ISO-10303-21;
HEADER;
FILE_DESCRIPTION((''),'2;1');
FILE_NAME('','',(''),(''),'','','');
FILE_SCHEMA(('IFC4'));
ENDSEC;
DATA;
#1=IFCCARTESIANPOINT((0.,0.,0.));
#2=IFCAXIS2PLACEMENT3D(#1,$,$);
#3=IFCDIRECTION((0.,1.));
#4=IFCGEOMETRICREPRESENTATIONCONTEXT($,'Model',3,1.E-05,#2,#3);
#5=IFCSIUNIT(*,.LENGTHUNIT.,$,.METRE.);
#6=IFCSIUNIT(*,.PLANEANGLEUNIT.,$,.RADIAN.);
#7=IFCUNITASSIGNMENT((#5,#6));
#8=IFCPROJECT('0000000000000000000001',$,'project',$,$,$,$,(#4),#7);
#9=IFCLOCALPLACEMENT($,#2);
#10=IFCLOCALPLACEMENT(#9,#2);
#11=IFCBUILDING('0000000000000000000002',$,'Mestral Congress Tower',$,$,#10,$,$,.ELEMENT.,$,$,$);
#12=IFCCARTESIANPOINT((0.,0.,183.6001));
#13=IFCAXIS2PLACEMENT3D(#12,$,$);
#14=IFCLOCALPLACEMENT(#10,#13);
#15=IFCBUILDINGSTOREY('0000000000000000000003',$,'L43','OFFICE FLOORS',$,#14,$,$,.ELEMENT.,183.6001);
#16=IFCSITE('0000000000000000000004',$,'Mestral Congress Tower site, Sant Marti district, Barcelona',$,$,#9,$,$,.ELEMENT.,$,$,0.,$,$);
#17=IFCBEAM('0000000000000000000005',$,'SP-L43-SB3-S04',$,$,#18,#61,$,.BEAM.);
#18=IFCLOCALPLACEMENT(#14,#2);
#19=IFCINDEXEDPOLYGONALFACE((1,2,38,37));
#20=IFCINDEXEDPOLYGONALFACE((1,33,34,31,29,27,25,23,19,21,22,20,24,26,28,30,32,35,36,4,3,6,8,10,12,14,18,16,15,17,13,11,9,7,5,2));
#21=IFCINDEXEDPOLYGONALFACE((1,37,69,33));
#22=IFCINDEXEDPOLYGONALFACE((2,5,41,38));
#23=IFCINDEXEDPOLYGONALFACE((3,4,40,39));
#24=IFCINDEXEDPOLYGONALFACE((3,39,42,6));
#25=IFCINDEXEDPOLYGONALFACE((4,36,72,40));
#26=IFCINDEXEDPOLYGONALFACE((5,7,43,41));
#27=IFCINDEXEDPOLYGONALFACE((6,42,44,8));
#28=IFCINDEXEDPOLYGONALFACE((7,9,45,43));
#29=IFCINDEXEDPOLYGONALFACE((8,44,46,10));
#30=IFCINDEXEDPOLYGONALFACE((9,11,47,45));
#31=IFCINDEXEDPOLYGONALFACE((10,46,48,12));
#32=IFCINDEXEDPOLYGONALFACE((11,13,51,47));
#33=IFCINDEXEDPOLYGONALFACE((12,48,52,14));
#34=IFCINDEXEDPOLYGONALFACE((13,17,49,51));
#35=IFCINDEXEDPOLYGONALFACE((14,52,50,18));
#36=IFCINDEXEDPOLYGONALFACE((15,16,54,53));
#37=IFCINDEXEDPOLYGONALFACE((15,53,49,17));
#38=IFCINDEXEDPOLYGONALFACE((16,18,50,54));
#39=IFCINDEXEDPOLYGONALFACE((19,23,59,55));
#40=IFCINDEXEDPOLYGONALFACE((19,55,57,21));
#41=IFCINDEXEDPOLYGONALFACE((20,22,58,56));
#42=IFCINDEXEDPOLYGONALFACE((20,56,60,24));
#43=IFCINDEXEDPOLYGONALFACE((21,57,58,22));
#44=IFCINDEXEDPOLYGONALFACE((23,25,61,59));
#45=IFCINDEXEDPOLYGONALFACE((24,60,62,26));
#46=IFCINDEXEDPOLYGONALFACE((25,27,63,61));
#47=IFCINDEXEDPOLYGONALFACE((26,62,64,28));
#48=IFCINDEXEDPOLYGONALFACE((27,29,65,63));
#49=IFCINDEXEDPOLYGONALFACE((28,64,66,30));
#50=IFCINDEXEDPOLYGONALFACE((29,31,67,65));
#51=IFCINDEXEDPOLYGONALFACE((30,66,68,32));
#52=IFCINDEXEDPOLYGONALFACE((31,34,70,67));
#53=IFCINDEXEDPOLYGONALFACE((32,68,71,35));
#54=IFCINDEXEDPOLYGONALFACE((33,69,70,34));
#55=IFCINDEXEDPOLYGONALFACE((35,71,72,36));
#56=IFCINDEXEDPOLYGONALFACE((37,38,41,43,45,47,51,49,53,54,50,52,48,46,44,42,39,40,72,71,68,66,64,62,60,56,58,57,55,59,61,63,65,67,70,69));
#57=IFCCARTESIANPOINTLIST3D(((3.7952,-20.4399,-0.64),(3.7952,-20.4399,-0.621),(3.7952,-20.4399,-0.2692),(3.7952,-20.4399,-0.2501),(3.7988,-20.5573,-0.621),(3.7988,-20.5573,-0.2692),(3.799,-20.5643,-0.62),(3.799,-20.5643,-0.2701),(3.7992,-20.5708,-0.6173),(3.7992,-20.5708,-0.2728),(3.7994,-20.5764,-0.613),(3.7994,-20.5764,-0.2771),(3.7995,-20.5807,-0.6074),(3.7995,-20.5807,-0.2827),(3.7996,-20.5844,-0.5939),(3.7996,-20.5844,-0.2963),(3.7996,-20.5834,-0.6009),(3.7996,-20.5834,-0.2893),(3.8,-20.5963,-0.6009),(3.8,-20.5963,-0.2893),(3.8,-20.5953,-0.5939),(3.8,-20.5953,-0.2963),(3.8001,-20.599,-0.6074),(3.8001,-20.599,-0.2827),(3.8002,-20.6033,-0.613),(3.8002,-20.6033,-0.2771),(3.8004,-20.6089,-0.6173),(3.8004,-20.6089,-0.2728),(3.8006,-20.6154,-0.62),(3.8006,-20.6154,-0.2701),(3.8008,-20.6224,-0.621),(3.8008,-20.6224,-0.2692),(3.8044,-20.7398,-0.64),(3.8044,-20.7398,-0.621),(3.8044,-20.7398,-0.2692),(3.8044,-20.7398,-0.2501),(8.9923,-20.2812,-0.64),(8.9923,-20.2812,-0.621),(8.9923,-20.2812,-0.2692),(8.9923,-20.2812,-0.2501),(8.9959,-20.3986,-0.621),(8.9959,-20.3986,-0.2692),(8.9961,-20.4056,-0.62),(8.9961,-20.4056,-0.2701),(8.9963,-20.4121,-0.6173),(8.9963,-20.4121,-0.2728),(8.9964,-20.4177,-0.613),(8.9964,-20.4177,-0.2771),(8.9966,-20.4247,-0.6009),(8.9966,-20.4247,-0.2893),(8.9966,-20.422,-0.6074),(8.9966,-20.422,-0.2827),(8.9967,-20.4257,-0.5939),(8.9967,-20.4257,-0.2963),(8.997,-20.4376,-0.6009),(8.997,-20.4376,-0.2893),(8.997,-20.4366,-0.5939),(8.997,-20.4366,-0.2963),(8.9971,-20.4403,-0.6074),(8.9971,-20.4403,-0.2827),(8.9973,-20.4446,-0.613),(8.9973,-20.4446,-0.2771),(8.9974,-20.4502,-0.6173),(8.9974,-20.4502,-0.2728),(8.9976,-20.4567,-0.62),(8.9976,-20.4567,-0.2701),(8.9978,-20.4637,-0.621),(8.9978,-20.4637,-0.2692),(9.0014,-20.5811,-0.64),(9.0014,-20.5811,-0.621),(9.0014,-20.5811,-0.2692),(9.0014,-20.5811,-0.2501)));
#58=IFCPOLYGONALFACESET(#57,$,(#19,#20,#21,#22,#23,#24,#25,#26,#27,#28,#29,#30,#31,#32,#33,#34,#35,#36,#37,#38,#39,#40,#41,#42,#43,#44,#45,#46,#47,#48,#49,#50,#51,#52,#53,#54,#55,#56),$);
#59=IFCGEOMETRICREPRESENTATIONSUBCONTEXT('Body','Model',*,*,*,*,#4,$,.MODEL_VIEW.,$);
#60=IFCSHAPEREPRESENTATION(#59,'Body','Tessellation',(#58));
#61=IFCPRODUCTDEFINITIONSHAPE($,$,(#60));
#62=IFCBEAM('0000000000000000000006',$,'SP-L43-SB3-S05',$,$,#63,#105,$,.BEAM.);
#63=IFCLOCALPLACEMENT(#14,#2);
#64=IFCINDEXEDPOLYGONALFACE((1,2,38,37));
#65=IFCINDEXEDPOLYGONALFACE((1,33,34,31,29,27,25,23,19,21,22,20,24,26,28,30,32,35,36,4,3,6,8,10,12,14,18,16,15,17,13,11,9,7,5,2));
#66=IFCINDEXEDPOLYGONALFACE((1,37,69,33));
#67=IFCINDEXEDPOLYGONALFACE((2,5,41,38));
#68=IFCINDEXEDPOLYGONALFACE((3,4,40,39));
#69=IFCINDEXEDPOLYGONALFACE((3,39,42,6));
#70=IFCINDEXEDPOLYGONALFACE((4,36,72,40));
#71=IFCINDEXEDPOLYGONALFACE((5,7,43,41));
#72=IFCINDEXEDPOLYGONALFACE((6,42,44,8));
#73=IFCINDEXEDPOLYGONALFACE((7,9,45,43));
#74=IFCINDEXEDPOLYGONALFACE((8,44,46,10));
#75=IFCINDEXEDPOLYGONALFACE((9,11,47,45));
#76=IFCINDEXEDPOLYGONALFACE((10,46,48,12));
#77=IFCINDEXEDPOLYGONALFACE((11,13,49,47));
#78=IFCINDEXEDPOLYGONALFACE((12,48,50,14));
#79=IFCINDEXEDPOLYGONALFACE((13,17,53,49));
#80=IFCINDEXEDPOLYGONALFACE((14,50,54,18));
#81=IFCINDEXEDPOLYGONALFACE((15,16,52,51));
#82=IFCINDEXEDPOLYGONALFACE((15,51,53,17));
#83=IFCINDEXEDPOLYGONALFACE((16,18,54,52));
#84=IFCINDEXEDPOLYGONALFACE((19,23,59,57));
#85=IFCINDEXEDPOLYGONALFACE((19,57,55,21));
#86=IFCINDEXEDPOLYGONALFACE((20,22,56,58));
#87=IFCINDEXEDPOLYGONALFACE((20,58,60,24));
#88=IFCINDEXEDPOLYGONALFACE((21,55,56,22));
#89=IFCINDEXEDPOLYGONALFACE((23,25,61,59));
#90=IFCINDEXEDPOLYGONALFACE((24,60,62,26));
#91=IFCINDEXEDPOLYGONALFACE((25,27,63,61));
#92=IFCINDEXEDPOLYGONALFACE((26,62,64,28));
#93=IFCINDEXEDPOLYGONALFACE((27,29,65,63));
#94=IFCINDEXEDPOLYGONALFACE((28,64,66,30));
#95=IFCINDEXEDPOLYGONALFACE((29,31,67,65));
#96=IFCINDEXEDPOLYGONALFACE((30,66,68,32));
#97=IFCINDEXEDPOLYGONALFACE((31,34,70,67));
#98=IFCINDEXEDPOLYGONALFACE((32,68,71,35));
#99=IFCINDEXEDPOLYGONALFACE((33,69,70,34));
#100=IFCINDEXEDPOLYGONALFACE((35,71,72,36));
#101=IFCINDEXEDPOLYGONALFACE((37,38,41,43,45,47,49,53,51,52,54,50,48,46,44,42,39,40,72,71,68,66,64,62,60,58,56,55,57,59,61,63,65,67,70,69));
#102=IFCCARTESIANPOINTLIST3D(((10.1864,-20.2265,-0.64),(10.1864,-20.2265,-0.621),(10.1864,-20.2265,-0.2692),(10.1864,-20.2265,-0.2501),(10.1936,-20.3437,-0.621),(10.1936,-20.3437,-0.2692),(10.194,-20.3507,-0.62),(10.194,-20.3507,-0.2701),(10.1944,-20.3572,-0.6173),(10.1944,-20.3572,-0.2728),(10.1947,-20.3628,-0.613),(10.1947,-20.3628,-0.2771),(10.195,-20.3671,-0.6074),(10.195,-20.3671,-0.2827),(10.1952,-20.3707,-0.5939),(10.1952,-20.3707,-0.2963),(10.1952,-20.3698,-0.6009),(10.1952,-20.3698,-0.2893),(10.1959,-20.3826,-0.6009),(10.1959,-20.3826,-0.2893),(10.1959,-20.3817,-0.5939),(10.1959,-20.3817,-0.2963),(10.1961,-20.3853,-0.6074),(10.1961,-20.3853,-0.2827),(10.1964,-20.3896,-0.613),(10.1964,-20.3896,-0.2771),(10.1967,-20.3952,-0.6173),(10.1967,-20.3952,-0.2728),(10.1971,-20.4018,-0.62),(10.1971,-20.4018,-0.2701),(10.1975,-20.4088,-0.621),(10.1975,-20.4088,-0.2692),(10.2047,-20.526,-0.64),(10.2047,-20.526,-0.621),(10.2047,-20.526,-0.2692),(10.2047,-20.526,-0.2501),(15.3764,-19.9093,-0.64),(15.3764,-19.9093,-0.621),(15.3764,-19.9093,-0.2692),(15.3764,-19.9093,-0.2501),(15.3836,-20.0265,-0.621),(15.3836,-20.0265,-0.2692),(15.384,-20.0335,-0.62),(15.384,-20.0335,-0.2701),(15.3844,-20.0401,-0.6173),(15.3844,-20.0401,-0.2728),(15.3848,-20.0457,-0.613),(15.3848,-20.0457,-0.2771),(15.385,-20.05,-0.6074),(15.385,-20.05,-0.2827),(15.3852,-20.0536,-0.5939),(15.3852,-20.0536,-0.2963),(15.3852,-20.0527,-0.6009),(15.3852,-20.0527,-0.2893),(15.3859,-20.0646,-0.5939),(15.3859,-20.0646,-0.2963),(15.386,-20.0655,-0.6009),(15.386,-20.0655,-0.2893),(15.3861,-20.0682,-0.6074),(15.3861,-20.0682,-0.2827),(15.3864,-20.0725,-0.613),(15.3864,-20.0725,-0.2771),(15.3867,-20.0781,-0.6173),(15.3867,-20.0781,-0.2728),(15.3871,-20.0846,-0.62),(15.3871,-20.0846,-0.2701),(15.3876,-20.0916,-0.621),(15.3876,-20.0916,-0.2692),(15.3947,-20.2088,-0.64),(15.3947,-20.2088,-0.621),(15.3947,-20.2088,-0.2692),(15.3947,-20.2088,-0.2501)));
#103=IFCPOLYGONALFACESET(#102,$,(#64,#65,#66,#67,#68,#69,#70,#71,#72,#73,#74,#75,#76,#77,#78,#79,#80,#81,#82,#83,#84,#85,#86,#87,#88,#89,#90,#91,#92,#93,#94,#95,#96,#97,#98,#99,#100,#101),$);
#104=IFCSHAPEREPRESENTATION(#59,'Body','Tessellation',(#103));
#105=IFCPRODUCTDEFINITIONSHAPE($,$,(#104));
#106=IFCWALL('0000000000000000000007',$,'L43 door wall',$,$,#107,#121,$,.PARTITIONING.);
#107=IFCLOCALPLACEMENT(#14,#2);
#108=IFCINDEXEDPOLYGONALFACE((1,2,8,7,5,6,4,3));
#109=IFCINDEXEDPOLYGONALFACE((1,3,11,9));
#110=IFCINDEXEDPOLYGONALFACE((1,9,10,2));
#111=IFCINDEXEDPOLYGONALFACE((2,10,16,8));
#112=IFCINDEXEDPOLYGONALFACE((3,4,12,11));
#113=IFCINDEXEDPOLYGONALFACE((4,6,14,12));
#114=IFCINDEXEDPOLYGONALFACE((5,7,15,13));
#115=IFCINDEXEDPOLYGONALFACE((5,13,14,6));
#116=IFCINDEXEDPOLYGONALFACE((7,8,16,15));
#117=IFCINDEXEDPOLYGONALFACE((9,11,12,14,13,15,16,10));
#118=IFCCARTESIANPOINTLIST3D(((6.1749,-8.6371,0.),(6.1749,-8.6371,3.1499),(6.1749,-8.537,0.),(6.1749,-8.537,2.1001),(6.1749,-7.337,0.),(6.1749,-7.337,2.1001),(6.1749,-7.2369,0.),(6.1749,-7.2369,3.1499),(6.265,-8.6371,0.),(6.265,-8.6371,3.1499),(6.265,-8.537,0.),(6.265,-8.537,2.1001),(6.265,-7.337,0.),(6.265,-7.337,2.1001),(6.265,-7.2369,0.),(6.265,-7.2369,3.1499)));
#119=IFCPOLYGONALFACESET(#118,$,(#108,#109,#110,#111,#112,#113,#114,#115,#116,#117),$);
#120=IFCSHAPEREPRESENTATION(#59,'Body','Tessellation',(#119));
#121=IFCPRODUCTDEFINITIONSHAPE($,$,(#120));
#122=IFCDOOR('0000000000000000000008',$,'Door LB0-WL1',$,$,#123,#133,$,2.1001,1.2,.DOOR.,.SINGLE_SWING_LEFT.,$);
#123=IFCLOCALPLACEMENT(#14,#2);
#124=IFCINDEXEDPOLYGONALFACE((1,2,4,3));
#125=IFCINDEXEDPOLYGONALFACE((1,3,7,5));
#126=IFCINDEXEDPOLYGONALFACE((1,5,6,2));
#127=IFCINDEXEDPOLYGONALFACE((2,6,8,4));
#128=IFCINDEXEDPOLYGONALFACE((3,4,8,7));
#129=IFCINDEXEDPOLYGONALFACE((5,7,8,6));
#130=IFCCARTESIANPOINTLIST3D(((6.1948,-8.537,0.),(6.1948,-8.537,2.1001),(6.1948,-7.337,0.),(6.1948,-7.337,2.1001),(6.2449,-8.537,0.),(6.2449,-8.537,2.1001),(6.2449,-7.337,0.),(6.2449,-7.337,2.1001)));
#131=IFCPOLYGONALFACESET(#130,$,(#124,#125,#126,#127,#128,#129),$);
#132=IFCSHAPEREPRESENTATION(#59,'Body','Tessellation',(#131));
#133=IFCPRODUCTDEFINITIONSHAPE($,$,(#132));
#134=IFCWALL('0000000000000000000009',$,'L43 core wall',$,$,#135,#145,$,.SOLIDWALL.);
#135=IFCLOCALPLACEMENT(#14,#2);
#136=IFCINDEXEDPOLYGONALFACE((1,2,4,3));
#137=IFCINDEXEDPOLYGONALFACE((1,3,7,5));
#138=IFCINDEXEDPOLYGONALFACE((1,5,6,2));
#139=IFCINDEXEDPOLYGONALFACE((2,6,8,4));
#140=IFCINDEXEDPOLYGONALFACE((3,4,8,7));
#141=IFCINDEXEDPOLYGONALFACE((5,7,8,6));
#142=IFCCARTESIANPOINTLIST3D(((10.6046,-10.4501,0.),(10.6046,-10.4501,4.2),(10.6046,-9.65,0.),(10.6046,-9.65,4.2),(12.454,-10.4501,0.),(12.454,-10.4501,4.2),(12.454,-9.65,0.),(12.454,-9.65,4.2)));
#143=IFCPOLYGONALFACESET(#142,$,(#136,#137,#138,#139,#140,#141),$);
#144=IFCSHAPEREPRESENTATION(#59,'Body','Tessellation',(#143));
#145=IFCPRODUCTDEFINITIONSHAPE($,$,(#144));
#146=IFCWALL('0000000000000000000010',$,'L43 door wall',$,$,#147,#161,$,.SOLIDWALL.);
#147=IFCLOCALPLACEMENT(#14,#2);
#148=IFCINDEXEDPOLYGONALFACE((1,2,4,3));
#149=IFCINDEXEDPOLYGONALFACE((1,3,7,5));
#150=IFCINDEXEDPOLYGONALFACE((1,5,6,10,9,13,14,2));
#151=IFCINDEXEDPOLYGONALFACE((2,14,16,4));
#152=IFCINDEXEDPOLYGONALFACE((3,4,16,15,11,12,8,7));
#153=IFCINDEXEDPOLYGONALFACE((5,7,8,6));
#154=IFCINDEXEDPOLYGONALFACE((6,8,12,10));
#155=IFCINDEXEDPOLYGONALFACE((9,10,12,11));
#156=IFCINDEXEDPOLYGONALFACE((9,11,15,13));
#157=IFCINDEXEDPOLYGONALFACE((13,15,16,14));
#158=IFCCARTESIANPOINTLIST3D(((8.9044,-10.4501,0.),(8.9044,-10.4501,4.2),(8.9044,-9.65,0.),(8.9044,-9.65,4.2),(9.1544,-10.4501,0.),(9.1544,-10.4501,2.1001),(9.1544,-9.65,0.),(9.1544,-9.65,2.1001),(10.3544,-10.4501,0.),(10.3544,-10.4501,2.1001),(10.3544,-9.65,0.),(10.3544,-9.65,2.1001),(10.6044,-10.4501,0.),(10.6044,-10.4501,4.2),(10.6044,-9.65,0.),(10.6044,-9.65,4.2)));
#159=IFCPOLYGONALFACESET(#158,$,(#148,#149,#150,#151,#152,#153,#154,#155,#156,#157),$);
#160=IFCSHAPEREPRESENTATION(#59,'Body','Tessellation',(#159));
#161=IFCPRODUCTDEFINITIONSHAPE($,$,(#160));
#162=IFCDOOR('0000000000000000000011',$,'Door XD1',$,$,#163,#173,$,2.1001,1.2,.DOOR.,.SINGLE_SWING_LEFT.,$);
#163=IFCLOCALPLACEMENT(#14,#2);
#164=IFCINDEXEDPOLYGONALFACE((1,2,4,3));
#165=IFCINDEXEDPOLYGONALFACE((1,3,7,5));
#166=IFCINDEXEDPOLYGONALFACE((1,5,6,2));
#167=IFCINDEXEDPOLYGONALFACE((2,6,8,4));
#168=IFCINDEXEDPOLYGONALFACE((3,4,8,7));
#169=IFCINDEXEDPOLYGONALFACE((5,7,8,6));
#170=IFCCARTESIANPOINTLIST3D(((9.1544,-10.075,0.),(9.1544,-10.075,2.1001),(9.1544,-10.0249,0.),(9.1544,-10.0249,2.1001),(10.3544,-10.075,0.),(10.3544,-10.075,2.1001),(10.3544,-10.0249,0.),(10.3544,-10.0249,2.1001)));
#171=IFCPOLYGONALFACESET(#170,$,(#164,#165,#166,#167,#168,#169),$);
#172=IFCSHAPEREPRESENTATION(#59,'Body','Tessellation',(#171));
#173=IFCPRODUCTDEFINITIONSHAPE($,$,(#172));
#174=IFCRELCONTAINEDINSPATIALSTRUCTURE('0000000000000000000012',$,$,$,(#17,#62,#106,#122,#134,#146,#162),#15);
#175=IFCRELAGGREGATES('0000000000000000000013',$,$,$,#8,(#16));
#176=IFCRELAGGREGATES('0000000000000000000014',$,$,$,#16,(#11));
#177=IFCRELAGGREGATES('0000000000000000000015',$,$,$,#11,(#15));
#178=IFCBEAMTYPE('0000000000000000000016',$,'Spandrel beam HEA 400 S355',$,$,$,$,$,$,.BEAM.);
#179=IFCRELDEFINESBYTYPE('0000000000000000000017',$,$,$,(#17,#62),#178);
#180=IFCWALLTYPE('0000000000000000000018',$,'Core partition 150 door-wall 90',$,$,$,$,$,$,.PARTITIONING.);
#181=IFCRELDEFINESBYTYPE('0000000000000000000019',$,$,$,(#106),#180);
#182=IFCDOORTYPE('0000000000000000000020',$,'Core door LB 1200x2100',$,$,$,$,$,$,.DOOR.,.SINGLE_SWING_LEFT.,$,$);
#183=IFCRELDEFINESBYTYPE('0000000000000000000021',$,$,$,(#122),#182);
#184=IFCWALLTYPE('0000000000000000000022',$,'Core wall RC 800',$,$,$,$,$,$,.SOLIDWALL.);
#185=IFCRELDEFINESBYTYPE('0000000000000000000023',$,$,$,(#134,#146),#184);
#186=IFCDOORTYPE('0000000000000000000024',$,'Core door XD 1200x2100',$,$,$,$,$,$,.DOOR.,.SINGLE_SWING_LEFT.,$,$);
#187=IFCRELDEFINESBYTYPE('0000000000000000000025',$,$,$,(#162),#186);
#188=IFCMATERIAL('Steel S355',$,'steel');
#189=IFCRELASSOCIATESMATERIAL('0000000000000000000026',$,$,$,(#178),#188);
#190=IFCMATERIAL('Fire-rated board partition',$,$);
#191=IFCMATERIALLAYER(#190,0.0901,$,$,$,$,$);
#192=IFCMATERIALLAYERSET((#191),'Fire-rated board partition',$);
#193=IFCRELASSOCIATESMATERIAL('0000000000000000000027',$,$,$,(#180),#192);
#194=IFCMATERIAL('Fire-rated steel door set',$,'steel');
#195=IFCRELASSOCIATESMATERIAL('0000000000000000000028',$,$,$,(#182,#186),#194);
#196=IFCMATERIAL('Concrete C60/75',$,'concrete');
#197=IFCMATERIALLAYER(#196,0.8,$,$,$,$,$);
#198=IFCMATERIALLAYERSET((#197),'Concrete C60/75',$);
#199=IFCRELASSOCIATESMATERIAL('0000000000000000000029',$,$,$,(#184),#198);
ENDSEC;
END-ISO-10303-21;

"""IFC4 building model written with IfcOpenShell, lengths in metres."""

from ifc_helpers import new_model, si_unit, direction, frame, frame_2d, origin, origin_2d, place, context, subcontext, project, spatial, rectangle, i_section, extrude, material, layer, layer_set, material_profile, profile_set, type_object, element, fill, save


model = new_model("IFC4")

# Units and contexts
model_context = context("Model", 3, precision=1e-05, world=origin(), true_north=direction((0.0, 1.0)))
body_context = subcontext(model_context, "Body", "Model", "MODEL_VIEW")
ifc_project = project(units=[si_unit("LENGTHUNIT", "METRE"), si_unit("PLANEANGLEUNIT", "RADIAN")], contexts=[model_context])

# Site, building, storey
site_placement = place(None, origin())
site = spatial("IfcSite", under=ifc_project, at=site_placement, Name="Mestral Congress Tower site, Sant Marti district, Barcelona", CompositionType="ELEMENT", RefElevation=0.0)
building_placement = place(site_placement, origin())
building = spatial("IfcBuilding", under=site, at=building_placement, Name="Mestral Congress Tower", CompositionType="ELEMENT")
storey_placement = place(building_placement, frame((0.0, 0.0, 183.6001)))
storey = spatial("IfcBuildingStorey", under=building, at=storey_placement, Name="L43", Description="OFFICE FLOORS", CompositionType="ELEMENT", Elevation=183.6001)

# Shared definitions
ifc_material_1 = material(Name="Concrete C60/75", Category="concrete")

# Beams
ifc_material_2 = material(Name="Steel S355", Category="steel")
ifc_material_profile_1 = material_profile(ifc_material_2, i_section(OverallWidth=0.3, OverallDepth=0.3899, WebThickness=0.011, FlangeThickness=0.019, FilletRadius=0.0271, at=origin_2d()), Name="HEA 400")
ifc_profile_set_1 = profile_set([ifc_material_profile_1], Name="Steel S355")
beam_type_1 = type_object("IfcBeamType", Name="Spandrel beam HEA 400 S355", PredefinedType="BEAM", material=ifc_profile_set_1)
beam_1_placement = place(storey_placement, frame((3.7998, -20.5898, -0.4451), z_axis=(0.999534, 0.030521, 0.0), x_axis=(-0.030521, 0.999534, 0.0)))
element("IfcBeam", 1, at=beam_1_placement, inside=storey, type_object=beam_type_1, Name="SP-L43-SB3-S04", PredefinedType="BEAM", context=body_context, shape_type="SweptSolid", body=[
    extrude(i_section(OverallWidth=0.3, OverallDepth=0.3899, WebThickness=0.011, FlangeThickness=0.019, FilletRadius=0.0271, at=origin_2d()), origin(), (0.0, 0.0, 1.0), 5.1995),
])
beam_2_placement = place(storey_placement, frame((10.1956, -20.3762, -0.4451), z_axis=(0.998138, 0.060993, 0.0), x_axis=(-0.060993, 0.998138, 0.0)))
element("IfcBeam", 2, at=beam_2_placement, inside=storey, type_object=beam_type_1, Name="SP-L43-SB3-S05", PredefinedType="BEAM", context=body_context, shape_type="SweptSolid", body=[
    extrude(i_section(OverallWidth=0.3, OverallDepth=0.3899, WebThickness=0.011, FlangeThickness=0.019, FilletRadius=0.0271, at=origin_2d()), origin(), (0.0, 0.0, 1.0), 5.1997),
])

# Wall, opening, door
ifc_material_3 = material(Name="Fire-rated board partition")
ifc_layer_1 = layer(ifc_material_3, 0.0901)
ifc_layer_set_1 = layer_set([ifc_layer_1], Name="Fire-rated board partition")
wall_type_1 = type_object("IfcWallType", Name="Core partition 150 door-wall 90", PredefinedType="PARTITIONING", material=ifc_layer_set_1)
wall_1_placement = place(storey_placement, frame((6.22, -7.2368, 0.0), z_axis=(0.0, 0.0, 1.0), x_axis=(0.0, -1.0, 0.0)))
wall_1 = element("IfcWall", 3, at=wall_1_placement, inside=storey, type_object=wall_type_1, Name="L43 door wall", PredefinedType="PARTITIONING", context=body_context, shape_type="SweptSolid", body=[
    extrude(rectangle(XDim=1.4001, YDim=0.0901, at=frame_2d((0.7002, 0.0))), origin(), (0.0, 0.0, 1.0), 3.1499),
])
opening_1_placement = place(wall_1_placement, frame((0.1001, 0.0, 0.0)))
opening_1 = element("IfcOpeningElement", 4, at=opening_1_placement, cuts=wall_1, PredefinedType="OPENING", context=body_context, shape_type="SweptSolid", body=[
    extrude(rectangle(XDim=1.2, YDim=2.1001, at=frame_2d((0.6001, 1.05))), frame((0.0, 0.0549, 0.0), z_axis=(0.0, -1.0, 0.0), x_axis=(1.0, 0.0, 0.0)), (0.0, 0.0, 1.0), 0.1101),
])
ifc_material_4 = material(Name="Fire-rated steel door set", Category="steel")
door_type_1 = type_object("IfcDoorType", Name="Core door LB 1200x2100", OperationType="SINGLE_SWING_LEFT", PredefinedType="DOOR", material=ifc_material_4)
door_1_placement = place(opening_1_placement, origin())
door_1 = element("IfcDoor", 5, at=door_1_placement, inside=storey, type_object=door_type_1, Name="Door LB0-WL1", OperationType="SINGLE_SWING_LEFT", OverallHeight=2.1001, OverallWidth=1.2, PredefinedType="DOOR", context=body_context, shape_type="SweptSolid", body=[
    extrude(rectangle(XDim=1.2, YDim=2.1001, at=frame_2d((0.6001, 1.05))), frame((0.0, 0.0249, 0.0), z_axis=(0.0, -1.0, 0.0), x_axis=(1.0, 0.0, 0.0)), (0.0, 0.0, 1.0), 0.05),
])
fill(opening_1, door_1)

# Wall
ifc_layer_2 = layer(ifc_material_1, 0.8)
ifc_layer_set_2 = layer_set([ifc_layer_2], Name="Concrete C60/75")
wall_type_2 = type_object("IfcWallType", Name="Core wall RC 800", PredefinedType="SOLIDWALL", material=ifc_layer_set_2)
wall_2_placement = place(storey_placement, frame((10.6045, -10.05, 0.0), z_axis=(0.0, 0.0, 1.0), x_axis=(1.0, 0.0, 0.0)))
element("IfcWall", 6, at=wall_2_placement, inside=storey, type_object=wall_type_2, Name="L43 core wall", PredefinedType="SOLIDWALL", context=body_context, shape_type="SweptSolid", body=[
    extrude(rectangle(XDim=1.8494, YDim=0.8, at=frame_2d((0.9248, 0.0))), origin(), (0.0, 0.0, 1.0), 4.2),
])

# Wall, opening, door
wall_3_placement = place(storey_placement, frame((10.6045, -10.05, 0.0), z_axis=(0.0, 0.0, 1.0), x_axis=(-1.0, 0.0, 0.0)))
wall_3 = element("IfcWall", 7, at=wall_3_placement, inside=storey, type_object=wall_type_2, Name="L43 door wall", PredefinedType="SOLIDWALL", context=body_context, shape_type="SweptSolid", body=[
    extrude(rectangle(XDim=1.7, YDim=0.8, at=frame_2d((0.8501, 0.0))), origin(), (0.0, 0.0, 1.0), 4.2),
])
opening_2_placement = place(wall_3_placement, frame((0.25, 0.0, 0.0)))
opening_2 = element("IfcOpeningElement", 8, at=opening_2_placement, cuts=wall_3, PredefinedType="OPENING", context=body_context, shape_type="SweptSolid", body=[
    extrude(rectangle(XDim=1.2, YDim=2.1001, at=frame_2d((0.6001, 1.05))), frame((0.0, 0.4099, 0.0), z_axis=(0.0, -1.0, 0.0), x_axis=(1.0, 0.0, 0.0)), (0.0, 0.0, 1.0), 0.8201),
])
door_type_2 = type_object("IfcDoorType", Name="Core door XD 1200x2100", OperationType="SINGLE_SWING_LEFT", PredefinedType="DOOR", material=ifc_material_4)
door_2_placement = place(opening_2_placement, origin())
door_2 = element("IfcDoor", 9, at=door_2_placement, inside=storey, type_object=door_type_2, Name="Door XD1", OperationType="SINGLE_SWING_LEFT", OverallHeight=2.1001, OverallWidth=1.2, PredefinedType="DOOR", context=body_context, shape_type="SweptSolid", body=[
    extrude(rectangle(XDim=1.2, YDim=2.1001, at=frame_2d((0.6001, 1.05))), frame((0.0, 0.0249, 0.0), z_axis=(0.0, -1.0, 0.0), x_axis=(1.0, 0.0, 0.0)), (0.0, 0.0, 1.0), 0.05),
])
fill(opening_2, door_2)

save(model, "model.ifc")
